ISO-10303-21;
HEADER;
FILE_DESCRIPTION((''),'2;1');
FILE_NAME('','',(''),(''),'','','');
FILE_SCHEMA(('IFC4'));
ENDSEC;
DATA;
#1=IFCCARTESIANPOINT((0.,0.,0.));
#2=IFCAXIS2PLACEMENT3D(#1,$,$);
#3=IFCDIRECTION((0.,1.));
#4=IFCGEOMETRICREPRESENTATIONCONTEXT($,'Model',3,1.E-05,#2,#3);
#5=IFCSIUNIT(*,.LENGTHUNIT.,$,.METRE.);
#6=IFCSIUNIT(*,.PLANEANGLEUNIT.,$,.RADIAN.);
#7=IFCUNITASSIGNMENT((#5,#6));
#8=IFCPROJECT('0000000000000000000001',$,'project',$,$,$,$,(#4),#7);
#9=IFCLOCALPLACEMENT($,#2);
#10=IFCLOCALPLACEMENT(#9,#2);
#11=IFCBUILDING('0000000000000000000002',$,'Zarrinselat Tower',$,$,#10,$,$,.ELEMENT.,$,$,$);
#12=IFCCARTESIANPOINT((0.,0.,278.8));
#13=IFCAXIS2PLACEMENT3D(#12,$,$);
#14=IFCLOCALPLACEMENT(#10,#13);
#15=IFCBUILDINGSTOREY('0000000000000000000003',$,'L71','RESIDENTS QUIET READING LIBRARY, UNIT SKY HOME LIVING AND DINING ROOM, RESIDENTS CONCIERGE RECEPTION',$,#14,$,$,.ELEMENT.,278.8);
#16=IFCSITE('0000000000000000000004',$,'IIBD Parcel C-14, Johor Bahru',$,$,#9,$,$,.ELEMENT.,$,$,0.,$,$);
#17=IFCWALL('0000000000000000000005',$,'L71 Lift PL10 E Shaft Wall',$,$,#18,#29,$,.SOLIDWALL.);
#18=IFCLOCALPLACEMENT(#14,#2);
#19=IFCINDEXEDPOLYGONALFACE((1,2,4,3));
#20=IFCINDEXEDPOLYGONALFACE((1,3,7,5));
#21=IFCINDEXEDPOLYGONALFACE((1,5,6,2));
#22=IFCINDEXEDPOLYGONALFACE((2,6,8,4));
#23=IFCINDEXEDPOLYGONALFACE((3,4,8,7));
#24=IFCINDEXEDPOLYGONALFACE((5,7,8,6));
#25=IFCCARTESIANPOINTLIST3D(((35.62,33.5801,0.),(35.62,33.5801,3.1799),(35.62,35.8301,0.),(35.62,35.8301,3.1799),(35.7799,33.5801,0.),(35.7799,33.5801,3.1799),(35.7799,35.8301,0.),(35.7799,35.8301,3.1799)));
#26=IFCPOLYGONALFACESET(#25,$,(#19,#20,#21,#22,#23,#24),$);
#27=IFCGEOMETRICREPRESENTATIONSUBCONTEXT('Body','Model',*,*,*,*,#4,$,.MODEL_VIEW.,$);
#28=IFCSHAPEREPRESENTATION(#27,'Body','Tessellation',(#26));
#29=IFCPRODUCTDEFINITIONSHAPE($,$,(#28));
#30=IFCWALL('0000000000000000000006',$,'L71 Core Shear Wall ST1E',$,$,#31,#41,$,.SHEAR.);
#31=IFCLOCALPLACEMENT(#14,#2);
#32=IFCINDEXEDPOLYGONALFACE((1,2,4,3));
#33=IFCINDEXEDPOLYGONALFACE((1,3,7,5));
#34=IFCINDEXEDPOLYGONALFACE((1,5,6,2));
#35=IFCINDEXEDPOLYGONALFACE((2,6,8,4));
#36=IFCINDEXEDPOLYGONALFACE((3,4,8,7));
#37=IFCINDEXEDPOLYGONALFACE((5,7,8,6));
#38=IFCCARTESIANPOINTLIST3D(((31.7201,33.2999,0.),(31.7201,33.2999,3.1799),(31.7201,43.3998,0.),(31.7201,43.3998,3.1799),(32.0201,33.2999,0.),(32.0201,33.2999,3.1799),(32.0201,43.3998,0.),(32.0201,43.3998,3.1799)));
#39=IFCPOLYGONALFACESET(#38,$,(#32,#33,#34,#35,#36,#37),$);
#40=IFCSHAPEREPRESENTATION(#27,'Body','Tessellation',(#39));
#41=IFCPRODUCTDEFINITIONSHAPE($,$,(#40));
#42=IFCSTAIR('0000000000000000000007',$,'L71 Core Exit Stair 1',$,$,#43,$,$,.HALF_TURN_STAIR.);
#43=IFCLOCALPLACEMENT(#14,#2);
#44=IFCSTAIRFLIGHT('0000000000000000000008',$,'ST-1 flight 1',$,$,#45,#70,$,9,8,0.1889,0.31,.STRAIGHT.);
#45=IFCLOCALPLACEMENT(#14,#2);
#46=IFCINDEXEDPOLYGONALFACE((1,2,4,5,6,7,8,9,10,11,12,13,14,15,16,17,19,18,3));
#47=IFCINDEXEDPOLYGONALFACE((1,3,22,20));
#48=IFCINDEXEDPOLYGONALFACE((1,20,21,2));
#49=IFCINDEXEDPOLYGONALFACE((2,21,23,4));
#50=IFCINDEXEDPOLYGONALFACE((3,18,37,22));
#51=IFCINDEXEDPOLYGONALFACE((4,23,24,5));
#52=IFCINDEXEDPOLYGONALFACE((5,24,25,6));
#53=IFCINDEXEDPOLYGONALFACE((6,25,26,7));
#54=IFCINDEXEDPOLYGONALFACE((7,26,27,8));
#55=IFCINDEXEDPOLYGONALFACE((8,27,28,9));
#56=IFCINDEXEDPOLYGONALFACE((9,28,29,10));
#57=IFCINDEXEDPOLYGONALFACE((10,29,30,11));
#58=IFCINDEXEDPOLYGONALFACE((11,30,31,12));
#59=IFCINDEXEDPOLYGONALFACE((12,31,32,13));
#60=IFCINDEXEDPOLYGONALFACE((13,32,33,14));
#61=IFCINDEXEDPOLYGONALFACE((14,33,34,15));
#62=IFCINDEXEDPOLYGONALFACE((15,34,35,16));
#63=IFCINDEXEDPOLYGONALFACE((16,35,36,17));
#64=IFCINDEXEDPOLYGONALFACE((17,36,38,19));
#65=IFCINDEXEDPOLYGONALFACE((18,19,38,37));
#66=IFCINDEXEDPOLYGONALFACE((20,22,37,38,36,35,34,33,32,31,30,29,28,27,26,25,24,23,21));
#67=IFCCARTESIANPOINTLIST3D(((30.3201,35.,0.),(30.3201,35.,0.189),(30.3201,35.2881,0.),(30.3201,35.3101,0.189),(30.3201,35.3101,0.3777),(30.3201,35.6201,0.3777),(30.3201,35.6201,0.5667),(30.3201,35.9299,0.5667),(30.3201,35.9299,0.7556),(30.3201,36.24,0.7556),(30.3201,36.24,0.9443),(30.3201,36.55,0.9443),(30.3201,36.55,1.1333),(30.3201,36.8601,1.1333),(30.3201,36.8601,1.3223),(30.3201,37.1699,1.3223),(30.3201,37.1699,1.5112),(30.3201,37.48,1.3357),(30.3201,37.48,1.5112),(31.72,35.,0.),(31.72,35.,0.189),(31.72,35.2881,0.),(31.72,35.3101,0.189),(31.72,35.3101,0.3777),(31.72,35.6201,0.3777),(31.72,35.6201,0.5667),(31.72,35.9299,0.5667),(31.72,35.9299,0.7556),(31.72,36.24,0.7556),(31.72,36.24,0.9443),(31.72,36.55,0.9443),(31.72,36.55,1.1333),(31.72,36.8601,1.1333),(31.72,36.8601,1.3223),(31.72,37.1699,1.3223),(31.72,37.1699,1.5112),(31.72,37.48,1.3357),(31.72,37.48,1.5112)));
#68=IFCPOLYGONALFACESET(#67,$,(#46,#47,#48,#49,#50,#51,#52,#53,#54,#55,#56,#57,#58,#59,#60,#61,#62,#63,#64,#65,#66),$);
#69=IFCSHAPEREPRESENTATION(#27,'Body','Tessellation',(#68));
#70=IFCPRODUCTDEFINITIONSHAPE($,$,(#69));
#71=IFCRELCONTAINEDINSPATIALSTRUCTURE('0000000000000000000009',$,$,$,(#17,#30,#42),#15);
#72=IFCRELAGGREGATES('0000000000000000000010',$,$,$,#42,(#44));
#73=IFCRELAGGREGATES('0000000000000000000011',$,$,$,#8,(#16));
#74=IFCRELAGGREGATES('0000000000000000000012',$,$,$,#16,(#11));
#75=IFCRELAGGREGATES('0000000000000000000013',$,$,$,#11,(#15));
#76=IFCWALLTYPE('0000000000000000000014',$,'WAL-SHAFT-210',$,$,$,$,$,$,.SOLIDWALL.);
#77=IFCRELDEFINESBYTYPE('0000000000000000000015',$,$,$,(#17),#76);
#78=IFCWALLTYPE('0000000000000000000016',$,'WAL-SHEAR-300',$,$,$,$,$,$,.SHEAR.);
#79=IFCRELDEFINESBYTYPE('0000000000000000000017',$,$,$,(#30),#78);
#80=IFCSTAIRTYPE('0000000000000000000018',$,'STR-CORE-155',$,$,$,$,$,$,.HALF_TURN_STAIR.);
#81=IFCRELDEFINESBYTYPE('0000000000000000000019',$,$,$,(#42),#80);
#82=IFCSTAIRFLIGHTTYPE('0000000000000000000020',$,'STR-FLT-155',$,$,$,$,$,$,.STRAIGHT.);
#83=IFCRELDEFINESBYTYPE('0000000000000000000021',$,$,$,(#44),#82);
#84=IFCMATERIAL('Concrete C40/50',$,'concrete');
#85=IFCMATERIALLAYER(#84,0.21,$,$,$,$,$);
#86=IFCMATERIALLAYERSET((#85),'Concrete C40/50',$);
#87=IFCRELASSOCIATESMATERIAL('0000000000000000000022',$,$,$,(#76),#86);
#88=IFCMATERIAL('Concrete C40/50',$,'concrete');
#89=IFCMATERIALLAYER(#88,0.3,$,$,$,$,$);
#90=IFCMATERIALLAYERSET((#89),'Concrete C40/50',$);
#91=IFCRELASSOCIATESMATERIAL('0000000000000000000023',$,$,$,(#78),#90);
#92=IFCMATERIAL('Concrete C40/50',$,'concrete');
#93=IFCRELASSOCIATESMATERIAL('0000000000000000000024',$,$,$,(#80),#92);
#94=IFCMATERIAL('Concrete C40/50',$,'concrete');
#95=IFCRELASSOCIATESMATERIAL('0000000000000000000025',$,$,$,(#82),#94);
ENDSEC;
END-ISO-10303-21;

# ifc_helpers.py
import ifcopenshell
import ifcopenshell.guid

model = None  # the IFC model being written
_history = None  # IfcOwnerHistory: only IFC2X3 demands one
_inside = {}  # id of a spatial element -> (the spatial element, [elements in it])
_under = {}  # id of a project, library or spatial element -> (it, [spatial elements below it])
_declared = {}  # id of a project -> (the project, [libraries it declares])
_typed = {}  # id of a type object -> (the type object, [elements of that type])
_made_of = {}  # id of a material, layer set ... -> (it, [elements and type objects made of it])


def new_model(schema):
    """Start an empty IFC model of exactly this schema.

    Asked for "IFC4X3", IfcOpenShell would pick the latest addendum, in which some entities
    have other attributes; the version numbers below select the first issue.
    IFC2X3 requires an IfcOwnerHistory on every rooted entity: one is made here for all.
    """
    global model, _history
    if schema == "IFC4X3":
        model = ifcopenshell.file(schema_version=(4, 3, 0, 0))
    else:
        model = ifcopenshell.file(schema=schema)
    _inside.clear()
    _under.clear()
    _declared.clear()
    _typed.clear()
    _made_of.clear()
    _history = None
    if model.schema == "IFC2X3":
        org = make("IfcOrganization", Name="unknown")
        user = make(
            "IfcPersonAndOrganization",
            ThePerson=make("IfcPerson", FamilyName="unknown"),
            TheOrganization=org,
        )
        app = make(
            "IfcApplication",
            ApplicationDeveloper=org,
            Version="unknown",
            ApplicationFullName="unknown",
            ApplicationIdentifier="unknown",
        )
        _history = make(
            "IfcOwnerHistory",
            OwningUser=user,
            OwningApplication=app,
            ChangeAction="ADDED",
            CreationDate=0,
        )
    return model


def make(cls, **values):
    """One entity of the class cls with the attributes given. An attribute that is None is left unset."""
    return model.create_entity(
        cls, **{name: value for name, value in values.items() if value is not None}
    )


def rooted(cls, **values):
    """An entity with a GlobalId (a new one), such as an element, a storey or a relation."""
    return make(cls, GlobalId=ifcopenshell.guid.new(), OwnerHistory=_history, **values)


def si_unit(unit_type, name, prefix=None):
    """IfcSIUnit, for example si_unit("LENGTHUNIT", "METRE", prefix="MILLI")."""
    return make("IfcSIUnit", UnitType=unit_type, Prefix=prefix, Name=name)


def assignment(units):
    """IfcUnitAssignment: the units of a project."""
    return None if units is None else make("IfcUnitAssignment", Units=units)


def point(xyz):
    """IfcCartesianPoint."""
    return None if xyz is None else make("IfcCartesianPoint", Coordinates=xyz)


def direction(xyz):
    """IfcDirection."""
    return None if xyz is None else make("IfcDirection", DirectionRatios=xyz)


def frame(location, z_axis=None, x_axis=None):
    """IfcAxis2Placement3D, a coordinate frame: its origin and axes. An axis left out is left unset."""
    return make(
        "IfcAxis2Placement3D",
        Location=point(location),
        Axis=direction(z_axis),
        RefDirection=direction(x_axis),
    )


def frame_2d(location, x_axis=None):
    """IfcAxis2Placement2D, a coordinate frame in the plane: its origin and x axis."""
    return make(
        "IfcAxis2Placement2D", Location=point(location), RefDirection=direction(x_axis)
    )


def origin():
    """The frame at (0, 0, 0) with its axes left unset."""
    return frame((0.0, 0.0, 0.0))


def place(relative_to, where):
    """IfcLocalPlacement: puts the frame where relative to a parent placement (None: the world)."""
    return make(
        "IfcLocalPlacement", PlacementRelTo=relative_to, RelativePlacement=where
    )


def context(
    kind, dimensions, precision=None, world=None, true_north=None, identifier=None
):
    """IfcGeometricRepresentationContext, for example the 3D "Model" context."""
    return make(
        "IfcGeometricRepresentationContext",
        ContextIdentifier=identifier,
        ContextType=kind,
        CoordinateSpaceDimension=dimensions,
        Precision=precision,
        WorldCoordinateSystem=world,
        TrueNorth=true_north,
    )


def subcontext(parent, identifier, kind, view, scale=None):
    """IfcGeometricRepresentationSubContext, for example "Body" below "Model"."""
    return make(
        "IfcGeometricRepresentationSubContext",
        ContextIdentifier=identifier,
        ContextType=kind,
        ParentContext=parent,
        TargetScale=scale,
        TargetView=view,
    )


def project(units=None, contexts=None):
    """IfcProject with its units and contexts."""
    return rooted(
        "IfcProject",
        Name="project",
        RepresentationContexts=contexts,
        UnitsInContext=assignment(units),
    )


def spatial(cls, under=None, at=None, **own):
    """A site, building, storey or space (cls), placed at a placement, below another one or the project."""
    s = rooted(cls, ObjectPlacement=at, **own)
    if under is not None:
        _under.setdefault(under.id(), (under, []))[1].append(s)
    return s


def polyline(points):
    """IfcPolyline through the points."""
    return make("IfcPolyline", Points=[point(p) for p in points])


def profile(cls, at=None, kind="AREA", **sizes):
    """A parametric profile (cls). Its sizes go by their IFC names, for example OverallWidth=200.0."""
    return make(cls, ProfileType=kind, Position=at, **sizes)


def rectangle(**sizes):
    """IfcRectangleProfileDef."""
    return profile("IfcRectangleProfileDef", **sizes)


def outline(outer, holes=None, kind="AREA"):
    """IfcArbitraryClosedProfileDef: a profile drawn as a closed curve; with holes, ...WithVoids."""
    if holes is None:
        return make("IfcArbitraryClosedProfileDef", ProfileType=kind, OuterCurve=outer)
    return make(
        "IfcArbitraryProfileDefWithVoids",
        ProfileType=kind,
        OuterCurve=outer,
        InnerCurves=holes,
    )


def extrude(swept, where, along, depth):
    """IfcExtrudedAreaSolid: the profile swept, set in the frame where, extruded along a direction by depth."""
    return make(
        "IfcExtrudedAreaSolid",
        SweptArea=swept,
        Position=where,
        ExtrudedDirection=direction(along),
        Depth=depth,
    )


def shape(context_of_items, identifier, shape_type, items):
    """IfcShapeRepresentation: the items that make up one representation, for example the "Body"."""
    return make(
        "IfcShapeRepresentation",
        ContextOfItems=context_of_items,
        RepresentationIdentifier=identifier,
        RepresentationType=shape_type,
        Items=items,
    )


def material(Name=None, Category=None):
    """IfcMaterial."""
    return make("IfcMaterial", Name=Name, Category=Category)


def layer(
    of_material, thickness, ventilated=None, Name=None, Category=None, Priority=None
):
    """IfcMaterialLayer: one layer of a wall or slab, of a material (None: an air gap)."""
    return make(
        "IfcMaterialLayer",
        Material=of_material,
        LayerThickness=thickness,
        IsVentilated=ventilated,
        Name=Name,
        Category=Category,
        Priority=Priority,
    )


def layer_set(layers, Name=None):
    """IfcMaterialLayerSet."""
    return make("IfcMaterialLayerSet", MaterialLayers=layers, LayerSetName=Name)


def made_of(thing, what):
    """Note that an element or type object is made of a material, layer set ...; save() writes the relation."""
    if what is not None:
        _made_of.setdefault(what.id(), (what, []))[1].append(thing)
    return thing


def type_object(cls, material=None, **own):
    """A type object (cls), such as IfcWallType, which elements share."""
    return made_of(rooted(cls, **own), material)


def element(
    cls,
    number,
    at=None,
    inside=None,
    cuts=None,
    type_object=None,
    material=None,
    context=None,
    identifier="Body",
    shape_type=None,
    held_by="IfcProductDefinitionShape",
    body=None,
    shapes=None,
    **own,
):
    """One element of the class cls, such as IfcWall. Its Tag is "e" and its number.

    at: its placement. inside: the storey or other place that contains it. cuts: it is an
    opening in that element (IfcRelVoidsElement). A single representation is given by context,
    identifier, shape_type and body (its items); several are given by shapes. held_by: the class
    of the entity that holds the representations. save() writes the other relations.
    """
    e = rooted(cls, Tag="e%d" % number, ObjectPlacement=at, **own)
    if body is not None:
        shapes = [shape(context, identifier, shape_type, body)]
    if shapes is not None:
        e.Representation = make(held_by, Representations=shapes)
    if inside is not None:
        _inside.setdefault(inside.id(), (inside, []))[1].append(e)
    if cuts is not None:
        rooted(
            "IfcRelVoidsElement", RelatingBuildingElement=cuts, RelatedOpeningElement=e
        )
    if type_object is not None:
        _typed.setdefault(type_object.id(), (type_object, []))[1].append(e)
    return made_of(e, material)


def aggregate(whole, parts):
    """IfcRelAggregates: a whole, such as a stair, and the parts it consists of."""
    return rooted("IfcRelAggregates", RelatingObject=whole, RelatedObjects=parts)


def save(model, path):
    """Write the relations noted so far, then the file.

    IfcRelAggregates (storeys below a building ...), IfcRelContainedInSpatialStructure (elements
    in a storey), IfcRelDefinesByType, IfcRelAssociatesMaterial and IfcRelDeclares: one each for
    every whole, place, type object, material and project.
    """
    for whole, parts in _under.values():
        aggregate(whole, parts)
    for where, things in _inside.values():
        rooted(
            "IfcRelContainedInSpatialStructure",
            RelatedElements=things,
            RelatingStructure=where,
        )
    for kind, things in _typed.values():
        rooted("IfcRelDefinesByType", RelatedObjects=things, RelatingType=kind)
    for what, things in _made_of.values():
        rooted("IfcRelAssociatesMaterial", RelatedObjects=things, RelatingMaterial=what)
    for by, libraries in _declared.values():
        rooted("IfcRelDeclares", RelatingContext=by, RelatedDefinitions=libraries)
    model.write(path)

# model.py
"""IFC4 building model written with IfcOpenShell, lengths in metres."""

from ifc_helpers import new_model, si_unit, direction, frame, frame_2d, origin, place, context, subcontext, project, spatial, polyline, rectangle, outline, extrude, material, layer, layer_set, type_object, element, aggregate, save


model = new_model("IFC4")

# Units and contexts
model_context = context("Model", 3, precision=1e-05, world=origin(), true_north=direction((0.0, 1.0)))
body_context = subcontext(model_context, "Body", "Model", "MODEL_VIEW")
ifc_project = project(units=[si_unit("LENGTHUNIT", "METRE"), si_unit("PLANEANGLEUNIT", "RADIAN")], contexts=[model_context])

# Site, building, storey
site_placement = place(None, origin())
site = spatial("IfcSite", under=ifc_project, at=site_placement, Name="IIBD Parcel C-14, Johor Bahru", CompositionType="ELEMENT", RefElevation=0.0)
building_placement = place(site_placement, origin())
building = spatial("IfcBuilding", under=site, at=building_placement, Name="Zarrinselat Tower", CompositionType="ELEMENT")
storey_placement = place(building_placement, frame((0.0, 0.0, 278.8)))
storey = spatial("IfcBuildingStorey", under=building, at=storey_placement, Name="L71", Description="RESIDENTS QUIET READING LIBRARY, UNIT SKY HOME LIVING AND DINING ROOM, RESIDENTS CONCIERGE RECEPTION", CompositionType="ELEMENT", Elevation=278.8)

# Walls
ifc_material_1 = material(Name="Concrete C40/50", Category="concrete")
ifc_layer_1 = layer(ifc_material_1, 0.21)
ifc_layer_set_1 = layer_set([ifc_layer_1], Name="Concrete C40/50")
wall_type_1 = type_object("IfcWallType", Name="WAL-SHAFT-210", PredefinedType="SOLIDWALL", material=ifc_layer_set_1)
wall_1_placement = place(storey_placement, frame((35.7, 33.5801, 0.0), z_axis=(0.0, 0.0, 1.0), x_axis=(0.0, 1.0, 0.0)))
element("IfcWall", 1, at=wall_1_placement, inside=storey, type_object=wall_type_1, Name="L71 Lift PL10 E Shaft Wall", PredefinedType="SOLIDWALL", context=body_context, shape_type="SweptSolid", body=[
    extrude(rectangle(XDim=2.25, YDim=0.1599, at=frame_2d((1.125, 0.0))), origin(), (0.0, 0.0, 1.0), 3.1799),
])
ifc_material_2 = material(Name="Concrete C40/50", Category="concrete")
ifc_layer_2 = layer(ifc_material_2, 0.3)
ifc_layer_set_2 = layer_set([ifc_layer_2], Name="Concrete C40/50")
wall_type_2 = type_object("IfcWallType", Name="WAL-SHEAR-300", PredefinedType="SHEAR", material=ifc_layer_set_2)
wall_2_placement = place(storey_placement, frame((31.8701, 33.3, 0.0), z_axis=(0.0, 0.0, 1.0), x_axis=(0.0, 1.0, 0.0)))
element("IfcWall", 2, at=wall_2_placement, inside=storey, type_object=wall_type_2, Name="L71 Core Shear Wall ST1E", PredefinedType="SHEAR", context=body_context, shape_type="SweptSolid", body=[
    extrude(rectangle(XDim=10.0999, YDim=0.3, at=frame_2d((5.0498, 0.0))), origin(), (0.0, 0.0, 1.0), 3.1799),
])

# Stair, stair flight
ifc_material_3 = material(Name="Concrete C40/50", Category="concrete")
stair_type = type_object("IfcStairType", Name="STR-CORE-155", PredefinedType="HALF_TURN_STAIR", material=ifc_material_3)
stair_placement = place(storey_placement, origin())
stair = element("IfcStair", 3, at=stair_placement, inside=storey, type_object=stair_type, Name="L71 Core Exit Stair 1", PredefinedType="HALF_TURN_STAIR")
ifc_material_4 = material(Name="Concrete C40/50", Category="concrete")
stair_flight_type = type_object("IfcStairFlightType", Name="STR-FLT-155", PredefinedType="STRAIGHT", material=ifc_material_4)
stair_flight_placement = place(storey_placement, frame((31.02, 35.0, 0.0), z_axis=(0.0, 0.0, 1.0), x_axis=(0.0, 1.0, 0.0)))
stair_flight = element("IfcStairFlight", 4, at=stair_flight_placement, type_object=stair_flight_type, Name="ST-1 flight 1", NumberOfRisers=9, NumberOfTreads=8, PredefinedType="STRAIGHT", RiserHeight=0.1889, TreadLength=0.31, context=body_context, shape_type="SweptSolid", body=[
    extrude(outline(polyline([(0.0, 0.0), (0.0, 0.189), (0.3101, 0.189), (0.3101, 0.3777), (0.6201, 0.3777), (0.6201, 0.5667), (0.9299, 0.5667), (0.9299, 0.7556), (1.24, 0.7556), (1.24, 0.9443), (1.55, 0.9443), (1.55, 1.1333), (1.8601, 1.1333), (1.8601, 1.3223), (2.1699, 1.3223), (2.1699, 1.5112), (2.48, 1.5112), (2.48, 1.7), (2.48, 1.3357), (0.2881, 0.0), (0.0, 0.0)])), frame((0.0, 0.7, 0.0), z_axis=(0.0, -1.0, 0.0), x_axis=(1.0, 0.0, 0.0)), (0.0, 0.0, 1.0), 1.3999),
])
aggregate(stair, [stair_flight])

save(model, "model.ifc")
